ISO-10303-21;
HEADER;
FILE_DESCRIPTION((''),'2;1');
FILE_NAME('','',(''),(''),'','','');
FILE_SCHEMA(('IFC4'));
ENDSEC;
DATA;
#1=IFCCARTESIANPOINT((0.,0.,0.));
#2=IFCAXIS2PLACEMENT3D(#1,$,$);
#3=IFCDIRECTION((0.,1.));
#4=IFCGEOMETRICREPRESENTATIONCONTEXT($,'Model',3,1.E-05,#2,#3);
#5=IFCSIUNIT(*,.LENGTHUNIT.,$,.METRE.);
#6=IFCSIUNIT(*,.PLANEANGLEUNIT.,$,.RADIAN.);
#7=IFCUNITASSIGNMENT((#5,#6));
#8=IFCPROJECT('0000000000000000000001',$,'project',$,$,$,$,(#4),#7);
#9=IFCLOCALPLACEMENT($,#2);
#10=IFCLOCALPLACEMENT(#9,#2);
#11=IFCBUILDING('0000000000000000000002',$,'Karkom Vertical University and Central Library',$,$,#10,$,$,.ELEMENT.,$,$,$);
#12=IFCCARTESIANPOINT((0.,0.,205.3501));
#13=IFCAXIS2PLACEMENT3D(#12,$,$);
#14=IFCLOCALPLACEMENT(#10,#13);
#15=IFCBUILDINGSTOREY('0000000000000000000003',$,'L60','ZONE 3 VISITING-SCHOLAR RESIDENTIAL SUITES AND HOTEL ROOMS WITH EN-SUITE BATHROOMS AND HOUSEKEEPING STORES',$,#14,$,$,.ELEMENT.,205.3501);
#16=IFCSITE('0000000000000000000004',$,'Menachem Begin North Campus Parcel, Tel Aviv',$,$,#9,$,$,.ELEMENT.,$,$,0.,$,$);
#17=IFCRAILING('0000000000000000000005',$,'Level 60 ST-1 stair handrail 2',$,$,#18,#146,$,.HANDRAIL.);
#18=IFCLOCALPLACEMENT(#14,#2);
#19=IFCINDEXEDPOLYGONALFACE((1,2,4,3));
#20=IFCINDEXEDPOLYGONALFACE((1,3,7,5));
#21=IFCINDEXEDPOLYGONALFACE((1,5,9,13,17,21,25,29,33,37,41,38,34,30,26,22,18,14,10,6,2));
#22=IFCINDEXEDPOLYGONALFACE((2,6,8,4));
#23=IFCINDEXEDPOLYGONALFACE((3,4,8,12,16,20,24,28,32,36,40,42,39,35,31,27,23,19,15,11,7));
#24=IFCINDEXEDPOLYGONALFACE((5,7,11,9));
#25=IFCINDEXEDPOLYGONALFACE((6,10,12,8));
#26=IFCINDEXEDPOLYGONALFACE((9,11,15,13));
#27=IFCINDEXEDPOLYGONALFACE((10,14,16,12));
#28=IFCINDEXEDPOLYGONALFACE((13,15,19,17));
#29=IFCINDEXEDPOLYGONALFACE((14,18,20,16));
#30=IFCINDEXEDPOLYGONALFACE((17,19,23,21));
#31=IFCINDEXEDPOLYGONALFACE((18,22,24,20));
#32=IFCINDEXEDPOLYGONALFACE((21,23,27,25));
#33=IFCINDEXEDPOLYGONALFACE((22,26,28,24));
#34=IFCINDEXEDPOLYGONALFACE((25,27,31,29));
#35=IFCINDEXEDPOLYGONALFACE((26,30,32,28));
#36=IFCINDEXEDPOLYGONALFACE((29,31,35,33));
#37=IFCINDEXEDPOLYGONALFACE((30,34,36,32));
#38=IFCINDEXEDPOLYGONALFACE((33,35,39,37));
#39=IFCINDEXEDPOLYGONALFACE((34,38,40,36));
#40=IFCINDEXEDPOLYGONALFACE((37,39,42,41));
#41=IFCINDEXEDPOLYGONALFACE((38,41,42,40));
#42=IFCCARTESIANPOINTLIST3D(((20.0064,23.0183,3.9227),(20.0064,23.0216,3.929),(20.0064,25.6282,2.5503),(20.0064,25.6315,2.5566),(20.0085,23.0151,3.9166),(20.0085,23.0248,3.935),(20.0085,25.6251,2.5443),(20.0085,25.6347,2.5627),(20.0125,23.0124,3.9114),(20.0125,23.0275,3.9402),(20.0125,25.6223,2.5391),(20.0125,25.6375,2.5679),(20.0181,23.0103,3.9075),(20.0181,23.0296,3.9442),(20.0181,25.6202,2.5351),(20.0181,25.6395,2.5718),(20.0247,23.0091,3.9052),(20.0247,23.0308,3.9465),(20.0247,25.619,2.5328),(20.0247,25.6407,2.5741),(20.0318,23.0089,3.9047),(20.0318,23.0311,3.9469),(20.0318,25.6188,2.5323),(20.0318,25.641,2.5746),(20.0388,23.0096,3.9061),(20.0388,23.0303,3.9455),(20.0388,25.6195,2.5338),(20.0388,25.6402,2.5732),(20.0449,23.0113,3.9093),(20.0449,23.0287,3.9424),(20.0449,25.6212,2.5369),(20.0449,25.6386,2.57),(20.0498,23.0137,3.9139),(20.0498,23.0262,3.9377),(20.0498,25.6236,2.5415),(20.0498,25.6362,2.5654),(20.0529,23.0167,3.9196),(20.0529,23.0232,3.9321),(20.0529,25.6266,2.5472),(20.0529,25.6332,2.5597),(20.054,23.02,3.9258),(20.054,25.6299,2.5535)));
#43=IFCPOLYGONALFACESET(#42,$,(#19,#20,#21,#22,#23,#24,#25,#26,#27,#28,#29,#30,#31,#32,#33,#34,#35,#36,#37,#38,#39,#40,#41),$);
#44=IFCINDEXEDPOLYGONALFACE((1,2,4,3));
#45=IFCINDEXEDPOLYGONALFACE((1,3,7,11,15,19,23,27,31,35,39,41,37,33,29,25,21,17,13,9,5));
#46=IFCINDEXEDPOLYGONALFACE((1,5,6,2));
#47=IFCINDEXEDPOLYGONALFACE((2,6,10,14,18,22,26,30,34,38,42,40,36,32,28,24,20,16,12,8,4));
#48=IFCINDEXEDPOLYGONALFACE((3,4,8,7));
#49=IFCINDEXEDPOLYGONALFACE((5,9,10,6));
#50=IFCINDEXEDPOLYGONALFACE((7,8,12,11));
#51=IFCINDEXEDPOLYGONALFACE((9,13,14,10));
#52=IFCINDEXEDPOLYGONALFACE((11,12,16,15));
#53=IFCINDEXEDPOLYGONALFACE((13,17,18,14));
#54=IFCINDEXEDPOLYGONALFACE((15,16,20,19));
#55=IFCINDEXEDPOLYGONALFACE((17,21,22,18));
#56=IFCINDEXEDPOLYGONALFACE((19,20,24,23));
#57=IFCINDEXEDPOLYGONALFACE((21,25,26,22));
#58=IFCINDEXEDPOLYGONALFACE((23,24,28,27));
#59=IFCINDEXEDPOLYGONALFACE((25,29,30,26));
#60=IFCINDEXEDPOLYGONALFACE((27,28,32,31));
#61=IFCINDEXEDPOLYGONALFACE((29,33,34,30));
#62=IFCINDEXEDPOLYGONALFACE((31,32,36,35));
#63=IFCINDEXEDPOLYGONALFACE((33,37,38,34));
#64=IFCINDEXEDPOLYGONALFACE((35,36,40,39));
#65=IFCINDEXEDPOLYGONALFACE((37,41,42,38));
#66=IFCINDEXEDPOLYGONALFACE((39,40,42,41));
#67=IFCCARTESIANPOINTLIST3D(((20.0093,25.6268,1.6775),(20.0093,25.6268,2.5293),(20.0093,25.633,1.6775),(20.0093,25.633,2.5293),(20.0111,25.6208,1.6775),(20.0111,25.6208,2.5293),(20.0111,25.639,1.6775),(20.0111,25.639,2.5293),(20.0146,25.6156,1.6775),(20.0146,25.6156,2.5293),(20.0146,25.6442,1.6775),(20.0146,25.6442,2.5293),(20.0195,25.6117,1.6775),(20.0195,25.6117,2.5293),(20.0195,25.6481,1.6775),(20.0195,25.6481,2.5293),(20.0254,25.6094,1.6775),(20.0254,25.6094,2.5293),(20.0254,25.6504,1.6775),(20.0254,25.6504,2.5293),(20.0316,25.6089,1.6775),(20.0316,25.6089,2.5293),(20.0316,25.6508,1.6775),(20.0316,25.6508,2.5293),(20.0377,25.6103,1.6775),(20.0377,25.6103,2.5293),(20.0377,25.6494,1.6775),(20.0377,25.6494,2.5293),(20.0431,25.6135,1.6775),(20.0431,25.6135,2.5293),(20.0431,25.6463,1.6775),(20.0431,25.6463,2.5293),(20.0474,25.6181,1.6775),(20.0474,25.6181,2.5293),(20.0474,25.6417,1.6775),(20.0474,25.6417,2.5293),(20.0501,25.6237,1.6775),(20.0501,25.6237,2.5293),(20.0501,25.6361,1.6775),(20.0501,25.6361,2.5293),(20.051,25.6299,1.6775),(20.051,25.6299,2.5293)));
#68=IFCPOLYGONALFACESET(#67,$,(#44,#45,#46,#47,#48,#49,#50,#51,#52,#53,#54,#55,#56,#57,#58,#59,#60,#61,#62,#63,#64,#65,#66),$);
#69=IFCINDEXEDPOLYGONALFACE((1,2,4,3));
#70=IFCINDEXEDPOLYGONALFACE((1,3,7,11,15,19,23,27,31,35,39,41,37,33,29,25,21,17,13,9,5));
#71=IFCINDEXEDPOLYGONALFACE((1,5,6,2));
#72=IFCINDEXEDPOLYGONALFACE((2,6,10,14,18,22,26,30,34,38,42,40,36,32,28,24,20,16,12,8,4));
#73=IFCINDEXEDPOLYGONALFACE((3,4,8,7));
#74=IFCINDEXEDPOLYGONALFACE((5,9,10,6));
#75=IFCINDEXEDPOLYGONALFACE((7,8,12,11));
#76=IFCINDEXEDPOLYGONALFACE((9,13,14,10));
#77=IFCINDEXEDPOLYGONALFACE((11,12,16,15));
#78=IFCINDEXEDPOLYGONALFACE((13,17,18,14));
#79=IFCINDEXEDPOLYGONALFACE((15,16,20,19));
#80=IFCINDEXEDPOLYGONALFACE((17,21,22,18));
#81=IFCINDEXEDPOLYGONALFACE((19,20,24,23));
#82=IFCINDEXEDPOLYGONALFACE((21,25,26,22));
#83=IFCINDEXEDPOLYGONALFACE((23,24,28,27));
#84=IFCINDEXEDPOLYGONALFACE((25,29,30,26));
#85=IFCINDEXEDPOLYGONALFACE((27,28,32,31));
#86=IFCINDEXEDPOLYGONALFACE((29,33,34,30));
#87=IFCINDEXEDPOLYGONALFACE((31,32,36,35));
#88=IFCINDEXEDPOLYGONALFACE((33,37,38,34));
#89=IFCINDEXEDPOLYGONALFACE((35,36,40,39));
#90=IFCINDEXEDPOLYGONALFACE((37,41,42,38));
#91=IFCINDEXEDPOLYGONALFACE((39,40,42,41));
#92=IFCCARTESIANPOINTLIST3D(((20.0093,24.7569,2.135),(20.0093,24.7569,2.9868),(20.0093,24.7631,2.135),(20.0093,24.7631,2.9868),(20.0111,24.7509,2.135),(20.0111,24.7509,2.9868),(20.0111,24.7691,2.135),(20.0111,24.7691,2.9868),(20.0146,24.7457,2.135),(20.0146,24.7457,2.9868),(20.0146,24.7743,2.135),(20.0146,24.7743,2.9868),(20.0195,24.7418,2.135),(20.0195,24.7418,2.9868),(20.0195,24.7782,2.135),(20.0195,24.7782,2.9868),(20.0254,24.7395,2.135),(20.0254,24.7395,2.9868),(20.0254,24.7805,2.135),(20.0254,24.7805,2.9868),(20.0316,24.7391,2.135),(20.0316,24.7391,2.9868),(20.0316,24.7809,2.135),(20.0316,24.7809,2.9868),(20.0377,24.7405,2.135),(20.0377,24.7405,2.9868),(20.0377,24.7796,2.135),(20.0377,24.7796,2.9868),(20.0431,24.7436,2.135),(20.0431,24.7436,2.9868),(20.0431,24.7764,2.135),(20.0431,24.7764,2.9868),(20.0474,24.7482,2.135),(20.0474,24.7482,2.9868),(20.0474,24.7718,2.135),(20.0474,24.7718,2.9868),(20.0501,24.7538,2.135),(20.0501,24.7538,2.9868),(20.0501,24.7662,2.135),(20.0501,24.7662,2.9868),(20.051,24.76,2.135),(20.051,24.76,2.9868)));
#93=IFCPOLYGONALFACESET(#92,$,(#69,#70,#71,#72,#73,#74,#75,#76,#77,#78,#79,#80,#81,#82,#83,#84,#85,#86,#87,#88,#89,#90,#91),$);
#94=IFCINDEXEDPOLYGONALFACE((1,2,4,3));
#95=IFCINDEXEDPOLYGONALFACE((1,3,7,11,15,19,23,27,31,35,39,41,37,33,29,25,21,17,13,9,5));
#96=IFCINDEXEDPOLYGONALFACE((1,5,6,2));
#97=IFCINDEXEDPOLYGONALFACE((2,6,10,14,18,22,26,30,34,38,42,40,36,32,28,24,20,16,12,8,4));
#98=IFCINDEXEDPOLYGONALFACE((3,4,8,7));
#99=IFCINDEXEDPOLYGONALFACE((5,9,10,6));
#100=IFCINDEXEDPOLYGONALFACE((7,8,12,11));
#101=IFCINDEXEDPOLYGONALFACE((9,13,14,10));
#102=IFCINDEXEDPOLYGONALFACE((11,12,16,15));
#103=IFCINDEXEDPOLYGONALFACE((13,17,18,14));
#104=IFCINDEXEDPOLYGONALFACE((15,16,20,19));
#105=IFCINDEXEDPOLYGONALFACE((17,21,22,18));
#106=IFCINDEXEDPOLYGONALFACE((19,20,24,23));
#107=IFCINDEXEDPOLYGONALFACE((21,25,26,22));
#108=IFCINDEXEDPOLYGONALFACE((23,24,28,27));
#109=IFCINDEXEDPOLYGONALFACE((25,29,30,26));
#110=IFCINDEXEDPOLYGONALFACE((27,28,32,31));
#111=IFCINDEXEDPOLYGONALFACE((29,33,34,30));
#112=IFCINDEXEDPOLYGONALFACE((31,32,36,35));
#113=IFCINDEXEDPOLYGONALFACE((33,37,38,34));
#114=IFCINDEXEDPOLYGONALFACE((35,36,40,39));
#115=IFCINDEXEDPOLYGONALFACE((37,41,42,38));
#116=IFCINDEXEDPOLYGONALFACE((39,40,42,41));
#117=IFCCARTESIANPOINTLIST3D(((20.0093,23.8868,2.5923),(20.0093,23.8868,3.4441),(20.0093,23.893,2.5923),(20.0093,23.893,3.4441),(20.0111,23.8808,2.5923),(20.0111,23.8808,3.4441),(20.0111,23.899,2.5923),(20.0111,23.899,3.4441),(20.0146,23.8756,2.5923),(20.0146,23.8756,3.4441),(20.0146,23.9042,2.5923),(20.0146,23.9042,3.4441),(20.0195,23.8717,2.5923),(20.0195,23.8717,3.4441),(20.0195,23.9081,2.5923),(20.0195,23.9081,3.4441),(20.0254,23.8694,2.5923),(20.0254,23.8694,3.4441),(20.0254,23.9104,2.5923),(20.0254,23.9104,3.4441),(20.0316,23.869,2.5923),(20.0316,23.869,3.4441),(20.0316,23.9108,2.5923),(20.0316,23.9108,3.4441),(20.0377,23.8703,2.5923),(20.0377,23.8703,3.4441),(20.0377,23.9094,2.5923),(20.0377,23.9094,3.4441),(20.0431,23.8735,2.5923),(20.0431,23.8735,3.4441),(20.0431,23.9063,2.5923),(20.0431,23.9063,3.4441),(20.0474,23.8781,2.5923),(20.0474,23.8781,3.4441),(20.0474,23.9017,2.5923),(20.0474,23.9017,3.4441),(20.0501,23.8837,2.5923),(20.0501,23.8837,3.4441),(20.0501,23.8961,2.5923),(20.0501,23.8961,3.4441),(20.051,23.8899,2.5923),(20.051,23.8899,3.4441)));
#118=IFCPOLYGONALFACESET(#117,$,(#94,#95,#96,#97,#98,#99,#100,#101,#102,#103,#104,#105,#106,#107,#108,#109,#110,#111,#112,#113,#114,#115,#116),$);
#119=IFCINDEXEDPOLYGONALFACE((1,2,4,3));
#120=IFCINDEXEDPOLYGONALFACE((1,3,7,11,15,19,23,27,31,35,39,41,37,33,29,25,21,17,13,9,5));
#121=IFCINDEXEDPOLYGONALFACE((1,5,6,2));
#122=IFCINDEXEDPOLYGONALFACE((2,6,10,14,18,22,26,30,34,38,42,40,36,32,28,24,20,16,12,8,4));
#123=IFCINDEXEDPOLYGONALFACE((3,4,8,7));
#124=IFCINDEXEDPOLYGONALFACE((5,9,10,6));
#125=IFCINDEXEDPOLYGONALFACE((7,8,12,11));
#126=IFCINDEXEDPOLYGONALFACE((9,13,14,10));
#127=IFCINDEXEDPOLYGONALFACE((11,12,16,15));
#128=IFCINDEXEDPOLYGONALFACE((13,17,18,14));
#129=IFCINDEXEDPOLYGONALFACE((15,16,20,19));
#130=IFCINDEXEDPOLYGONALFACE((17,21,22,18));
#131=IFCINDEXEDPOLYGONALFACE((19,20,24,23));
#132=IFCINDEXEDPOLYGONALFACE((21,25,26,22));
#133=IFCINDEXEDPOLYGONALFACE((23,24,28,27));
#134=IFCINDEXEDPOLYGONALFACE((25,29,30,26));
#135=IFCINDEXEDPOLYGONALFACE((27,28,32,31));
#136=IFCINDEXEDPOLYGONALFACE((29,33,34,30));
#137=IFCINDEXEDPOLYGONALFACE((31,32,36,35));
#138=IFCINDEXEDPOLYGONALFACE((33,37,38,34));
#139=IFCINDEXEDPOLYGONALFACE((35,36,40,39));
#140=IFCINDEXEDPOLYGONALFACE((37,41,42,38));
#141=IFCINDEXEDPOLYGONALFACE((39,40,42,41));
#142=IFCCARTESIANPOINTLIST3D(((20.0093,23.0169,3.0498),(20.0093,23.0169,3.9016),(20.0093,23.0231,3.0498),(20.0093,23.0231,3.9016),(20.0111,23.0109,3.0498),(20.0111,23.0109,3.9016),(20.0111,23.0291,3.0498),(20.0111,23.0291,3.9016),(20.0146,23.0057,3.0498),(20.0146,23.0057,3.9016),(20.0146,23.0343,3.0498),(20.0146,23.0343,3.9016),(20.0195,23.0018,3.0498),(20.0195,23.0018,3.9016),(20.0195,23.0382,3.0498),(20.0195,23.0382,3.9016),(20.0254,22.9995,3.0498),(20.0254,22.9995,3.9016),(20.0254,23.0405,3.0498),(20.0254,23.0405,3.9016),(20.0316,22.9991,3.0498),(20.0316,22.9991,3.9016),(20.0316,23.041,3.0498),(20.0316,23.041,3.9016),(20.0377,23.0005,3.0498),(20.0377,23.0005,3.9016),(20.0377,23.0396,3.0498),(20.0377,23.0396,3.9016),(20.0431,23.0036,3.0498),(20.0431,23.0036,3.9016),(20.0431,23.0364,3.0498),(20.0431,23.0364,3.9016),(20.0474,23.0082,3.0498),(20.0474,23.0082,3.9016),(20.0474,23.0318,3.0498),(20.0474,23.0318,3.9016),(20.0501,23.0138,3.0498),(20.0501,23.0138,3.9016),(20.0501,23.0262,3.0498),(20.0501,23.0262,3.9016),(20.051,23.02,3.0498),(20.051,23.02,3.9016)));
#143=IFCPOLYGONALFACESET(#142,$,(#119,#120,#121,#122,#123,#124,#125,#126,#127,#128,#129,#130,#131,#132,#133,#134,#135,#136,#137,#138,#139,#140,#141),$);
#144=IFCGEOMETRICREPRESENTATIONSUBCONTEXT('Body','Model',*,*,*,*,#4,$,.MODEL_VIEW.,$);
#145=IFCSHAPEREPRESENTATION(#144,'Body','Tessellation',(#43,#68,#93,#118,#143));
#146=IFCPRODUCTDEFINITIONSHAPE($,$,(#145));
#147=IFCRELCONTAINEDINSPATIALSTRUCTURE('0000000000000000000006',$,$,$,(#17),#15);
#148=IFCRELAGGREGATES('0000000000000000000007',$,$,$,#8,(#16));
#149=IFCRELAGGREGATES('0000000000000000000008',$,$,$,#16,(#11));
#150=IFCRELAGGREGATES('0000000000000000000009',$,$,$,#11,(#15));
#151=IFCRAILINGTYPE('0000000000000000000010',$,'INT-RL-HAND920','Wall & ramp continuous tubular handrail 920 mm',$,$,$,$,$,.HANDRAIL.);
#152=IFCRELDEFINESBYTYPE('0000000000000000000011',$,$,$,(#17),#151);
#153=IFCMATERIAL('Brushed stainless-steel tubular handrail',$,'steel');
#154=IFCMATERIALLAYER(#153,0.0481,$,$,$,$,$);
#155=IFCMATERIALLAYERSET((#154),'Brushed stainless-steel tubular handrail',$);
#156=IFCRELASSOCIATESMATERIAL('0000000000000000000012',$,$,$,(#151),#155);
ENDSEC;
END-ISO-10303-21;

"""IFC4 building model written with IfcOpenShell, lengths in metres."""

from ifc_helpers import new_model, si_unit, direction, frame, origin, origin_2d, place, context, subcontext, project, spatial, circle, extrude, material, layer, layer_set, type_object, element, save


model = new_model("IFC4")

# Units and contexts
model_context = context("Model", 3, precision=1e-05, world=origin(), true_north=direction((0.0, 1.0)))
body_context = subcontext(model_context, "Body", "Model", "MODEL_VIEW")
ifc_project = project(units=[si_unit("LENGTHUNIT", "METRE"), si_unit("PLANEANGLEUNIT", "RADIAN")], contexts=[model_context])

# Site, building, storey
site_placement = place(None, origin())
site = spatial("IfcSite", under=ifc_project, at=site_placement, Name="Menachem Begin North Campus Parcel, Tel Aviv", CompositionType="ELEMENT", RefElevation=0.0)
building_placement = place(site_placement, origin())
building = spatial("IfcBuilding", under=site, at=building_placement, Name="Karkom Vertical University and Central Library", CompositionType="ELEMENT")
storey_placement = place(building_placement, frame((0.0, 0.0, 205.3501)))
storey = spatial("IfcBuildingStorey", under=building, at=storey_placement, Name="L60", Description="ZONE 3 VISITING-SCHOLAR RESIDENTIAL SUITES AND HOTEL ROOMS WITH EN-SUITE BATHROOMS AND HOUSEKEEPING STORES", CompositionType="ELEMENT", Elevation=205.3501)

# Railing
ifc_material_1 = material(Name="Brushed stainless-steel tubular handrail", Category="steel")
ifc_layer_1 = layer(ifc_material_1, 0.0481)
ifc_layer_set_1 = layer_set([ifc_layer_1], Name="Brushed stainless-steel tubular handrail")
railing_type_1 = type_object("IfcRailingType", Name="INT-RL-HAND920", Description="Wall & ramp continuous tubular handrail 920 mm", PredefinedType="HANDRAIL", material=ifc_layer_set_1)
railing_1_placement = place(storey_placement, frame((20.03, 25.6299, 1.6775)))
element("IfcRailing", 1, at=railing_1_placement, inside=storey, type_object=railing_type_1, Name="Level 60 ST-1 stair handrail 2", PredefinedType="HANDRAIL", context=body_context, shape_type="SweptSolid", body=[
    extrude(circle(Radius=0.0239, at=origin_2d()), frame((0.0, 0.0, 0.876), z_axis=(0.0, -0.8851, 0.465402), x_axis=(1.0, 0.0, 0.0)), (0.0, 0.0, 1.0), 2.9487),
    extrude(circle(Radius=0.021, at=origin_2d()), origin(), (0.0, 0.0, 1.0), 0.8518),
    extrude(circle(Radius=0.021, at=origin_2d()), frame((0.0, -0.8699, 0.4575)), (0.0, 0.0, 1.0), 0.8518),
    extrude(circle(Radius=0.021, at=origin_2d()), frame((0.0, -1.74, 0.9148)), (0.0, 0.0, 1.0), 0.8518),
    extrude(circle(Radius=0.021, at=origin_2d()), frame((0.0, -2.6099, 1.3723)), (0.0, 0.0, 1.0), 0.8518),
])

save(model, "model.ifc")
